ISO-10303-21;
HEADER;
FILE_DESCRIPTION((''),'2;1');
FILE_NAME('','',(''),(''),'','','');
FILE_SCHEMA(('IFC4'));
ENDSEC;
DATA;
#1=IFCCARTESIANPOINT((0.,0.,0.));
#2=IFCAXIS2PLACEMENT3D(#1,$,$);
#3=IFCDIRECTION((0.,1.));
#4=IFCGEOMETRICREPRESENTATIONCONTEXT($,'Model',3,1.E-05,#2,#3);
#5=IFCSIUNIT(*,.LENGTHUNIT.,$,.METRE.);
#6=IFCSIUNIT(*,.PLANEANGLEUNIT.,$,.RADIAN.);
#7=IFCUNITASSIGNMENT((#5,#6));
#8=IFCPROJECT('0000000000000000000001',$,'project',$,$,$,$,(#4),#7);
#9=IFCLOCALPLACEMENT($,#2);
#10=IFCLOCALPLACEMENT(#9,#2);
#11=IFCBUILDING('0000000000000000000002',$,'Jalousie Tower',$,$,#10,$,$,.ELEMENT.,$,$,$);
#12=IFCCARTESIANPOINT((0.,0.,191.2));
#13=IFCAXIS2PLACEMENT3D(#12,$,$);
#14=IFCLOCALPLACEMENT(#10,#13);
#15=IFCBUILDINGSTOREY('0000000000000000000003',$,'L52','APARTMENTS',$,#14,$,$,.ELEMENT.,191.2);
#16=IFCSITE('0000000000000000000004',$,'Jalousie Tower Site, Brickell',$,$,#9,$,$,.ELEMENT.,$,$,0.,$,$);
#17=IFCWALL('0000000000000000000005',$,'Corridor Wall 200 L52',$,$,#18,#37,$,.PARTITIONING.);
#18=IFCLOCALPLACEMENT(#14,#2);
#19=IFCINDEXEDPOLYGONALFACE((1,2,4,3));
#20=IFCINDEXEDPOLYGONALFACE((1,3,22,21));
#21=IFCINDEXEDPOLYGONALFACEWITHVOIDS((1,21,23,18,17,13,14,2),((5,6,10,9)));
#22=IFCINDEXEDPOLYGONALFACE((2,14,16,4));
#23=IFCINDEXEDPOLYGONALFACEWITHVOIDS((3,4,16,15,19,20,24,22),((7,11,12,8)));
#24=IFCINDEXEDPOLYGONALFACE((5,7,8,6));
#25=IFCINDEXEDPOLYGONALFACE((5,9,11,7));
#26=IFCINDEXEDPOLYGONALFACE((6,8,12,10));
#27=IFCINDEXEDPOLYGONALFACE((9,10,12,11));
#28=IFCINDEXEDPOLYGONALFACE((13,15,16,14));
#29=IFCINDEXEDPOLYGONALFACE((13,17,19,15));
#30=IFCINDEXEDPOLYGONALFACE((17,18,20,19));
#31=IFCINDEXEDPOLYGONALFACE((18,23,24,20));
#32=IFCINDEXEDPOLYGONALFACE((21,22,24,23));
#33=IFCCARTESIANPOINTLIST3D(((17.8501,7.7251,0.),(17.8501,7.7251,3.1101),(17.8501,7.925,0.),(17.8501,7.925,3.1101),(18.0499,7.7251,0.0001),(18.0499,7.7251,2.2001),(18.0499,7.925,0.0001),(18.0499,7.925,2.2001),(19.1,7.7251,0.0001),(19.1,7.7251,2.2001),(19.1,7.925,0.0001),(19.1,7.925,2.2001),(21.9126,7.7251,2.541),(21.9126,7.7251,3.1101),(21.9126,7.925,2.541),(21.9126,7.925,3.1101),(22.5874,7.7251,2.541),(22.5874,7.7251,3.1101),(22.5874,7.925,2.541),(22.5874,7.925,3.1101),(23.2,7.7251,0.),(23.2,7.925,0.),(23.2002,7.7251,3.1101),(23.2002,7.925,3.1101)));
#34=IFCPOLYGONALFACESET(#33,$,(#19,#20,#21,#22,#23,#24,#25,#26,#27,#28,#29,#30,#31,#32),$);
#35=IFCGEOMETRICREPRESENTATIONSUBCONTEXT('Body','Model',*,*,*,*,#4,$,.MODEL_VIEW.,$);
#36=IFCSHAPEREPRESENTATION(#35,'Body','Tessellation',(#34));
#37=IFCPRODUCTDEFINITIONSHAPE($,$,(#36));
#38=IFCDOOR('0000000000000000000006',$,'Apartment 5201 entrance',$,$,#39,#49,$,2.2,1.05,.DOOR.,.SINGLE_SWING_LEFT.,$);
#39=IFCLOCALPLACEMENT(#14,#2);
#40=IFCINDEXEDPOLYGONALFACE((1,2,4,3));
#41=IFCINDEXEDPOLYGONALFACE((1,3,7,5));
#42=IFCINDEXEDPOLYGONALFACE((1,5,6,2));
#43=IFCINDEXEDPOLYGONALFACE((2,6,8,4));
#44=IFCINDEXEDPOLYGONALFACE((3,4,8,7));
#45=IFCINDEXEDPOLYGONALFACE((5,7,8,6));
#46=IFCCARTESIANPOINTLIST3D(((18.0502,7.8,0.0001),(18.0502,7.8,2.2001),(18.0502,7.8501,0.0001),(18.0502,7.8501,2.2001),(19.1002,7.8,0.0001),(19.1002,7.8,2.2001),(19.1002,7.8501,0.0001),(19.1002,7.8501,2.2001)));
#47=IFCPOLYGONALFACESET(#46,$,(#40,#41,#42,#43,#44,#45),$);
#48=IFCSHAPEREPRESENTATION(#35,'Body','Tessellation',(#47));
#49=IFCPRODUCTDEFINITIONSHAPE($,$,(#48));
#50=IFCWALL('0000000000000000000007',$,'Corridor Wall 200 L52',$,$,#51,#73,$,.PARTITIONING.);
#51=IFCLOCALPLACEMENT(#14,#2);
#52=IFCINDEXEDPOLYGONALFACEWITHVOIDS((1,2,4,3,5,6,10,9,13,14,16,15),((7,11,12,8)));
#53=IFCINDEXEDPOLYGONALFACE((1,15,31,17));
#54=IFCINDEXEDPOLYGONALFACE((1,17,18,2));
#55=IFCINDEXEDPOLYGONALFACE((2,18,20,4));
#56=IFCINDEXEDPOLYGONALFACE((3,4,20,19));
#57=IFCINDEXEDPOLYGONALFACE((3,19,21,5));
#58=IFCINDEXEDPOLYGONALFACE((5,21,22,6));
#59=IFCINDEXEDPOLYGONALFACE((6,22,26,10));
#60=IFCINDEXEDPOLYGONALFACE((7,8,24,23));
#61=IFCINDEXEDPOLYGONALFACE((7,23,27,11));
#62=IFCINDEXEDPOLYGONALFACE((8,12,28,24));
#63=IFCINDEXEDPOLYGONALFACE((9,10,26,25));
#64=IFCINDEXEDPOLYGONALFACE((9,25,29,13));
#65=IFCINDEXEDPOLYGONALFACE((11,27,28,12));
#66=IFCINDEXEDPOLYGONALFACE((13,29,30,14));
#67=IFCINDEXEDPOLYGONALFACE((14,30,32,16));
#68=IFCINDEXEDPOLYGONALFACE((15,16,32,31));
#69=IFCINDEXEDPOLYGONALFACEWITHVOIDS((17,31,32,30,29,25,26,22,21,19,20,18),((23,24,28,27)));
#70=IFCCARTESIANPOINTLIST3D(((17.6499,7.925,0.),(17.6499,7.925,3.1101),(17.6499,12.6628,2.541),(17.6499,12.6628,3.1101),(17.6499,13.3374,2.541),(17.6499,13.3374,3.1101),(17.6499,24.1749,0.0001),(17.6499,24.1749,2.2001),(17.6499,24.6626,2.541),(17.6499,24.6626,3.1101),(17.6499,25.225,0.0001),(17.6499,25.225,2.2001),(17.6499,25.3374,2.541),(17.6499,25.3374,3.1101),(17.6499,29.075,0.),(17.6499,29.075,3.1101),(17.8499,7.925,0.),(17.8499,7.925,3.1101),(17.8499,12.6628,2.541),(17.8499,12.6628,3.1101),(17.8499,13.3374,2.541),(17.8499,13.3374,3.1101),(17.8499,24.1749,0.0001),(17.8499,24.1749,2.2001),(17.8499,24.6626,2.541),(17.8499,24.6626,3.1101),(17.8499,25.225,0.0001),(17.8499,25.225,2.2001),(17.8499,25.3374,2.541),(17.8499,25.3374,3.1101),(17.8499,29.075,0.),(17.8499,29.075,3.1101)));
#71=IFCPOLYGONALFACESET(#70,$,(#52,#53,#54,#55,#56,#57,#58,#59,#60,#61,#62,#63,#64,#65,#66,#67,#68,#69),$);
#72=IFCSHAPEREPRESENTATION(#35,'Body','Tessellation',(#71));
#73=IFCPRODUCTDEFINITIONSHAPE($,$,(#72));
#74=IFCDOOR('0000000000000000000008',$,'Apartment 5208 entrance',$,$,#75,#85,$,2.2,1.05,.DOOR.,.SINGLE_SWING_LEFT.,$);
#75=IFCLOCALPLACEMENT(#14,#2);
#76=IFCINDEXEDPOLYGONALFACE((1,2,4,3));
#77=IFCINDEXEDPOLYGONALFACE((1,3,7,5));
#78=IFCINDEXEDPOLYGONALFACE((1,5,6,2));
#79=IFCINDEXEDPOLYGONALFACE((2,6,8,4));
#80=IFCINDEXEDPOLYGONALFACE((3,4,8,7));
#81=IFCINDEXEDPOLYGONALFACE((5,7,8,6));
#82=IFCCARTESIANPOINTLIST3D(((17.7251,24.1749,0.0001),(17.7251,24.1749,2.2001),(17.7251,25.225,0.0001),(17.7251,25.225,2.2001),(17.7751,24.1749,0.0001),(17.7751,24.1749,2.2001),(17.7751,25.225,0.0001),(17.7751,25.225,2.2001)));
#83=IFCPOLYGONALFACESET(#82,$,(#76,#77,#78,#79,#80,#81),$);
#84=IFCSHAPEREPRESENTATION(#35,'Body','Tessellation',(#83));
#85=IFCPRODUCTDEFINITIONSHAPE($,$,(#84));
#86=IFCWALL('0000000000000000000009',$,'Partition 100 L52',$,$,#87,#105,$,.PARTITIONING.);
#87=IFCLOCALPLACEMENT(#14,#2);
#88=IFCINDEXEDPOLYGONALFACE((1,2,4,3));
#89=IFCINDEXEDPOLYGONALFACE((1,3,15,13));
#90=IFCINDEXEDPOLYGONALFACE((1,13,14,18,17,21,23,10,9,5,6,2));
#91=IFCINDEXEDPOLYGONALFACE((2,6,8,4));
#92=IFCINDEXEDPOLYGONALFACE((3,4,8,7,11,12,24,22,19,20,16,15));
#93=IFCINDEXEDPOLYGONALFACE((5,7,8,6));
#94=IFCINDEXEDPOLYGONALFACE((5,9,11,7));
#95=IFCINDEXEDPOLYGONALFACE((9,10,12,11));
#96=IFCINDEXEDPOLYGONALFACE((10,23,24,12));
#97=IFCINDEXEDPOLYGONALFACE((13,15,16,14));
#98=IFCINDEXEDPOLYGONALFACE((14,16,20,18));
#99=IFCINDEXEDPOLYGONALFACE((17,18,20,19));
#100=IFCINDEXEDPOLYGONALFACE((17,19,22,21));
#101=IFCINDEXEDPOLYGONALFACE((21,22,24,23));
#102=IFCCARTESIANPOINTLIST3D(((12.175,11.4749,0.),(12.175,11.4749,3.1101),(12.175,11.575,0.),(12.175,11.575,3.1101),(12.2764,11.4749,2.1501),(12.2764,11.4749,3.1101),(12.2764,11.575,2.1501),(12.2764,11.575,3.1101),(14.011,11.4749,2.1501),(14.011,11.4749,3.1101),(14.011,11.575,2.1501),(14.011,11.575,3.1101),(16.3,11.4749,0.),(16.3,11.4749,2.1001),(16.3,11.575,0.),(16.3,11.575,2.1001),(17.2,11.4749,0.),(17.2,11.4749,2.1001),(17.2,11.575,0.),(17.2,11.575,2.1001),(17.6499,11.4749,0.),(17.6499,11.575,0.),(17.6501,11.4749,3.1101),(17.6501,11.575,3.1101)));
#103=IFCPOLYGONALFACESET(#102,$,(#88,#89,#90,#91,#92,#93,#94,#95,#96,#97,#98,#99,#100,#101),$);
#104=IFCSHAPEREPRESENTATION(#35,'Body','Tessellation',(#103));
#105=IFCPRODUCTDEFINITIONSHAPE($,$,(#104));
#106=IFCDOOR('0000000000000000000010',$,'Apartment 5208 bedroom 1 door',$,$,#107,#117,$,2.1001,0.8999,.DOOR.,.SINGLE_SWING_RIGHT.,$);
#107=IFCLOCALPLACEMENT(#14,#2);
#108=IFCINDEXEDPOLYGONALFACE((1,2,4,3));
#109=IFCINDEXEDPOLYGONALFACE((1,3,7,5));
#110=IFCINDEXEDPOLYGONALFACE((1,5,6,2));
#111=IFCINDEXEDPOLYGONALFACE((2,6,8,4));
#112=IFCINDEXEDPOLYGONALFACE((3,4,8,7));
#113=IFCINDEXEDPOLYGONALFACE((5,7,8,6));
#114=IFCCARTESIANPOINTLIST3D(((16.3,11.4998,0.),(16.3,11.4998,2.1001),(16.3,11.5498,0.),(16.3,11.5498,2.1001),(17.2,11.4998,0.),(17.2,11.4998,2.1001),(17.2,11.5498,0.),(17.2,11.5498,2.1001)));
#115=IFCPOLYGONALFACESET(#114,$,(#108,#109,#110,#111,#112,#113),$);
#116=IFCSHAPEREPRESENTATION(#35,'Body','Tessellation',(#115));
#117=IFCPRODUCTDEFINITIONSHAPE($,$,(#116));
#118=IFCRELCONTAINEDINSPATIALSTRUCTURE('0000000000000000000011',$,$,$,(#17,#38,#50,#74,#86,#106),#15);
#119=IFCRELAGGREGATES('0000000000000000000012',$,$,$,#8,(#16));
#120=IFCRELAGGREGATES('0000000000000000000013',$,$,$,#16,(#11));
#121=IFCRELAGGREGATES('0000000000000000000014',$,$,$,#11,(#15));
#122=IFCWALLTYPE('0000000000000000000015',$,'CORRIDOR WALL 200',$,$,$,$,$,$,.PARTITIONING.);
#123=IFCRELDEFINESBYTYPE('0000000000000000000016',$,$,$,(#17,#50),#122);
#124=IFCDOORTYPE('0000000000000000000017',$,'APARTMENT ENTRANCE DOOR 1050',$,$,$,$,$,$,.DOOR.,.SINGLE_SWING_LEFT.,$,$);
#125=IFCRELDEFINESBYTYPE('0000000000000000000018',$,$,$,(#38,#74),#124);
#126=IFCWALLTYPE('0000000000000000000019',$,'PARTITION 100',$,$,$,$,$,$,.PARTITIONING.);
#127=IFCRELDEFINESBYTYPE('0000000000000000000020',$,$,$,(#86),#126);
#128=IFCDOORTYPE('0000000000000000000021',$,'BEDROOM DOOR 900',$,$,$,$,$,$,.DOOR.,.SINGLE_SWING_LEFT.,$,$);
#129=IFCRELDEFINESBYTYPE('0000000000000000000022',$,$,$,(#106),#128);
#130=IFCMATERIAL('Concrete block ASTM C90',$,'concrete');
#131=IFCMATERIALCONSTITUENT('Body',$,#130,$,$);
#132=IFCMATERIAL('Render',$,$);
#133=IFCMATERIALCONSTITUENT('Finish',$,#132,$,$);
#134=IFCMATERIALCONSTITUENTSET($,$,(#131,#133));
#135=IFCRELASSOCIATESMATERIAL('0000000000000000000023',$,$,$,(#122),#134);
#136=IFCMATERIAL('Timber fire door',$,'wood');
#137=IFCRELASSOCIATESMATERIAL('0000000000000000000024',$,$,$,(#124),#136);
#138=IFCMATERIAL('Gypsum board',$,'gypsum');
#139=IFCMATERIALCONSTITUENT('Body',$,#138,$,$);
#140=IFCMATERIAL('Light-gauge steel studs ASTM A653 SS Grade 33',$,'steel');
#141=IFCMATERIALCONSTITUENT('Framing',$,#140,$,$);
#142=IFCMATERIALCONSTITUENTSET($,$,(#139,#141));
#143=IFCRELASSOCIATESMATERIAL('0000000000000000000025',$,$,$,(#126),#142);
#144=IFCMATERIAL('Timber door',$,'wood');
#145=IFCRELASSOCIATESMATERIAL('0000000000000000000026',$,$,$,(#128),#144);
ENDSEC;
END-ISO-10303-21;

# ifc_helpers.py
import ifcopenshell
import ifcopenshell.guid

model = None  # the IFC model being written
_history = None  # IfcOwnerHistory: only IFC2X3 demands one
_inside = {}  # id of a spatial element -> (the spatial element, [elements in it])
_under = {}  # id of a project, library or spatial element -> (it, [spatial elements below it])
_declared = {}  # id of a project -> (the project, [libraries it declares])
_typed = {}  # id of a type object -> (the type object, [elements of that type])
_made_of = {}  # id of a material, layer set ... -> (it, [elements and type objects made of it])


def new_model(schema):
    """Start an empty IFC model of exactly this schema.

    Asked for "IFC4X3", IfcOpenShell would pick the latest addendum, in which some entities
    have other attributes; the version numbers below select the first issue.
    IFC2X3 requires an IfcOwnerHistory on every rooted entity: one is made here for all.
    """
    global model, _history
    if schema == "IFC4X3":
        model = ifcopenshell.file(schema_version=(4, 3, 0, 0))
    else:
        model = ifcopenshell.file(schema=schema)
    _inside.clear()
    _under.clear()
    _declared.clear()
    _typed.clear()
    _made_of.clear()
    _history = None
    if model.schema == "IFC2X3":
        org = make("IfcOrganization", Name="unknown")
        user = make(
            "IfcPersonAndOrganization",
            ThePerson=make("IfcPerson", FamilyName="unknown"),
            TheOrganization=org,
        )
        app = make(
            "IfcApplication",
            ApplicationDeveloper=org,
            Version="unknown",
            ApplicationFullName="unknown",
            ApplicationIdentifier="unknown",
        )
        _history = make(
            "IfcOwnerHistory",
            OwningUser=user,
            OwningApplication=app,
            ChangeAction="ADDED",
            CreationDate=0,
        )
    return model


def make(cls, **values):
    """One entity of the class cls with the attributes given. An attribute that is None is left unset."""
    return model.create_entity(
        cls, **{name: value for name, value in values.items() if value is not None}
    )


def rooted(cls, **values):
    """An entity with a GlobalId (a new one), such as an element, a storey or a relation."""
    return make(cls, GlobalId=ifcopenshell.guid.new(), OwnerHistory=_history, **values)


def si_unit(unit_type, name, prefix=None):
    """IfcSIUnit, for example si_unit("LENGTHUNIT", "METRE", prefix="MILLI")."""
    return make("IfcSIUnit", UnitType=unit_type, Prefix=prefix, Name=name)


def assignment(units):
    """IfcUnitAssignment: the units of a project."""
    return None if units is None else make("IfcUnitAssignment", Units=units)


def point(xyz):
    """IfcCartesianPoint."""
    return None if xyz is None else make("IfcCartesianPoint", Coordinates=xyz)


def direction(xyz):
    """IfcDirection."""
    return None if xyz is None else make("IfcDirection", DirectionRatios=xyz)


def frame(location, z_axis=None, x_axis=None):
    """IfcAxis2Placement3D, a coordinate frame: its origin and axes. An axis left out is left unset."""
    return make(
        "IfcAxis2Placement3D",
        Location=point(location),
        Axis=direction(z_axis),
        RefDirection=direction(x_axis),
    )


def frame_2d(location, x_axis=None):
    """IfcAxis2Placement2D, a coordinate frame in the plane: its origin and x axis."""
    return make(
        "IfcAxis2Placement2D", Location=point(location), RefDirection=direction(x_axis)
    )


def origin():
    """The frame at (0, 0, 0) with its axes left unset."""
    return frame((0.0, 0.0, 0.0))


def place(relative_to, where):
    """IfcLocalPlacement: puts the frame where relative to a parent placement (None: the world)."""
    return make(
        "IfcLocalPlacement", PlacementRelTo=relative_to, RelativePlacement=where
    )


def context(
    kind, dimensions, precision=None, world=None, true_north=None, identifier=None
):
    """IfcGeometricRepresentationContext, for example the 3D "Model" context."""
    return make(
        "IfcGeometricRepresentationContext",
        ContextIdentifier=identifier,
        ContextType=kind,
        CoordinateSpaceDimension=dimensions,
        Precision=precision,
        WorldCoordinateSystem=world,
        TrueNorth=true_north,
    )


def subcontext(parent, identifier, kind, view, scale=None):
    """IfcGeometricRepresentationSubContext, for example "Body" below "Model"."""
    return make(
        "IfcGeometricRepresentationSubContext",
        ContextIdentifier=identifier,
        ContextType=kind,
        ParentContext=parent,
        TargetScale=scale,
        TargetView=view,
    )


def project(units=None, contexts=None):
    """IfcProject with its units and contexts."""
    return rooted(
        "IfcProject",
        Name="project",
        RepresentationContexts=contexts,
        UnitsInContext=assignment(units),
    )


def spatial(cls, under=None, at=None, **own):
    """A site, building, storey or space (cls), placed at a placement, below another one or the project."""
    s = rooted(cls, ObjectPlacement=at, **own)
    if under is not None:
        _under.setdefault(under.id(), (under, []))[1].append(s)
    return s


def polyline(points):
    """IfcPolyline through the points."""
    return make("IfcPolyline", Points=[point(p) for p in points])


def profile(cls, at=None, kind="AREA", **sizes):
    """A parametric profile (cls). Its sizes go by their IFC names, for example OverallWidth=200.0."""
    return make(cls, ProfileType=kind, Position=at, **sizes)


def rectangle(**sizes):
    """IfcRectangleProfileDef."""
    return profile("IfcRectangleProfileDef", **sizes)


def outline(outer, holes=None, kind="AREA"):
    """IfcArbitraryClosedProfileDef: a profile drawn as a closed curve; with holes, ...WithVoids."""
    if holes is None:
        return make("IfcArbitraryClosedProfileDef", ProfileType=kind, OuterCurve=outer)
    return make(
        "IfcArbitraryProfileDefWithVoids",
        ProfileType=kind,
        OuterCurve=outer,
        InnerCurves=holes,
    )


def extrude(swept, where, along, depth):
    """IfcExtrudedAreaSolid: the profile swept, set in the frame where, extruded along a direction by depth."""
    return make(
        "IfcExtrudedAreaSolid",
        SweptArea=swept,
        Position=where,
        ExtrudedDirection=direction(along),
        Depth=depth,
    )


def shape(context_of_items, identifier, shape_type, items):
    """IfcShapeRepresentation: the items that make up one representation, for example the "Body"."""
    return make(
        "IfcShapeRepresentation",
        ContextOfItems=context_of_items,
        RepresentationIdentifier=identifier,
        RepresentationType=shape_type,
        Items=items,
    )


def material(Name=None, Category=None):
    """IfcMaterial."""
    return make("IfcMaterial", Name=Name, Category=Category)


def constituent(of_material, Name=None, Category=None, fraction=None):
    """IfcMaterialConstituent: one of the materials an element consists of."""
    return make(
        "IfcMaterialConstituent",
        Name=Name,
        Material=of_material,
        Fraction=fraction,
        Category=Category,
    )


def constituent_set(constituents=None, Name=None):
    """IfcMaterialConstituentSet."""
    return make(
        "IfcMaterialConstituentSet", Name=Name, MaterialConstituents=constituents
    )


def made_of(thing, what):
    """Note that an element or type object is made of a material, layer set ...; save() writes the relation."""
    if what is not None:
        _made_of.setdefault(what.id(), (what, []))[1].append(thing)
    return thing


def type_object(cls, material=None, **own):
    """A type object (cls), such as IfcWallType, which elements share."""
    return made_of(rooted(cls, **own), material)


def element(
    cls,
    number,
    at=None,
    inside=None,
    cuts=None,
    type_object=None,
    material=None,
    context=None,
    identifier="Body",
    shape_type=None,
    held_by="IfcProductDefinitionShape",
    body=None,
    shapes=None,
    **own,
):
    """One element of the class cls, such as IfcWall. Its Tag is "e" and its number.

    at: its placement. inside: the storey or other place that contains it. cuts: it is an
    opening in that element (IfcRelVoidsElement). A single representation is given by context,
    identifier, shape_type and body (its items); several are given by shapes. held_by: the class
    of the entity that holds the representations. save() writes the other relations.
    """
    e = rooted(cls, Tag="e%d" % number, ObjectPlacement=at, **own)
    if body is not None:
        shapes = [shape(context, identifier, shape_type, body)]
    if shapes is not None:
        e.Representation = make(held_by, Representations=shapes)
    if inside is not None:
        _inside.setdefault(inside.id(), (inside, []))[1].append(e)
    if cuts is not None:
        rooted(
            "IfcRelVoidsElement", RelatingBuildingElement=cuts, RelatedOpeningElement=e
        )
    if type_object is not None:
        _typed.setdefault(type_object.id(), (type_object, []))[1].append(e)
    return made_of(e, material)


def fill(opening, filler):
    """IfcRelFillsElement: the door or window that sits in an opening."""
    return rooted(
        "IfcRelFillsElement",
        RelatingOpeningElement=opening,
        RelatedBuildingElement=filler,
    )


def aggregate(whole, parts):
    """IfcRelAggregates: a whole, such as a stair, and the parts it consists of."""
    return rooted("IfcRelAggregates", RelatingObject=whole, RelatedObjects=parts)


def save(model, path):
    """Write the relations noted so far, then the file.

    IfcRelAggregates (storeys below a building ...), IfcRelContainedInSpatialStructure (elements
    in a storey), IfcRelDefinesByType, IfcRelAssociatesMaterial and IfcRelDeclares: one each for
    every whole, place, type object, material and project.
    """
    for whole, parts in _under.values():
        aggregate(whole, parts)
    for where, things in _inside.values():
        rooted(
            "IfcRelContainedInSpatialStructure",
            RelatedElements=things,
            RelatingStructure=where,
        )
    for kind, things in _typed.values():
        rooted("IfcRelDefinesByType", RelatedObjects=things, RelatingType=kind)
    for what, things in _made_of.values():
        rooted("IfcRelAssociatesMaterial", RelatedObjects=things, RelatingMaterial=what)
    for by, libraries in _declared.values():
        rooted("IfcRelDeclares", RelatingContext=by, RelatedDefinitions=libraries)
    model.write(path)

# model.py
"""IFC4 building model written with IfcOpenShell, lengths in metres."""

from ifc_helpers import new_model, si_unit, direction, frame, frame_2d, origin, place, context, subcontext, project, spatial, polyline, rectangle, outline, extrude, material, constituent, constituent_set, type_object, element, fill, save


model = new_model("IFC4")

# Units and contexts
model_context = context("Model", 3, precision=1e-05, world=origin(), true_north=direction((0.0, 1.0)))
body_context = subcontext(model_context, "Body", "Model", "MODEL_VIEW")
ifc_project = project(units=[si_unit("LENGTHUNIT", "METRE"), si_unit("PLANEANGLEUNIT", "RADIAN")], contexts=[model_context])

# Site, building, storey
site_placement = place(None, origin())
site = spatial("IfcSite", under=ifc_project, at=site_placement, Name="Jalousie Tower Site, Brickell", CompositionType="ELEMENT", RefElevation=0.0)
building_placement = place(site_placement, origin())
building = spatial("IfcBuilding", under=site, at=building_placement, Name="Jalousie Tower", CompositionType="ELEMENT")
storey_placement = place(building_placement, frame((0.0, 0.0, 191.2)))
storey = spatial("IfcBuildingStorey", under=building, at=storey_placement, Name="L52", Description="APARTMENTS", CompositionType="ELEMENT", Elevation=191.2)

# Walls, openings, doors
ifc_material_1 = material(Name="Concrete block ASTM C90", Category="concrete")
ifc_constituent_1 = constituent(ifc_material_1, Name="Body")
ifc_material_2 = material(Name="Render")
ifc_constituent_2 = constituent(ifc_material_2, Name="Finish")
ifc_constituent_set_1 = constituent_set(constituents=[ifc_constituent_1, ifc_constituent_2])
wall_type_1 = type_object("IfcWallType", Name="CORRIDOR WALL 200", PredefinedType="PARTITIONING", material=ifc_constituent_set_1)
wall_1_placement = place(storey_placement, frame((17.8501, 7.825, 0.0), z_axis=(0.0, 0.0, 1.0), x_axis=(1.0, 0.0, 0.0)))
wall_1 = element("IfcWall", 1, at=wall_1_placement, inside=storey, type_object=wall_type_1, Name="Corridor Wall 200 L52", PredefinedType="PARTITIONING", context=body_context, shape_type="SweptSolid", body=[
    extrude(outline(polyline([(0.0, 0.0), (5.3499, 0.0), (5.3501, 3.1101), (4.7373, 3.1101), (4.7373, 2.541), (4.0625, 2.541), (4.0625, 3.1101), (0.0, 3.1101), (0.0, 0.0)])), frame((0.0, 0.1001, 0.0), z_axis=(0.0, -1.0, 0.0), x_axis=(1.0, 0.0, 0.0)), (0.0, 0.0, 1.0), 0.2),
])
opening_1_placement = place(wall_1_placement, frame((0.2, 0.0, 0.0)))
opening_1 = element("IfcOpeningElement", 2, at=opening_1_placement, cuts=wall_1, PredefinedType="OPENING", context=body_context, shape_type="SweptSolid", body=[
    extrude(rectangle(XDim=1.05, YDim=2.2, at=frame_2d((0.5249, 1.1001))), frame((0.0, 0.1099, 0.0), z_axis=(0.0, -1.0, 0.0), x_axis=(1.0, 0.0, 0.0)), (0.0, 0.0, 1.0), 0.22),
])
ifc_material_3 = material(Name="Timber fire door", Category="wood")
door_type_1 = type_object("IfcDoorType", Name="APARTMENT ENTRANCE DOOR 1050", OperationType="SINGLE_SWING_LEFT", PredefinedType="DOOR", material=ifc_material_3)
door_1_placement = place(opening_1_placement, frame((1.05, 0.0, 0.0), z_axis=(0.0, 0.0, 1.0), x_axis=(-1.0, 0.0, 0.0)))
door_1 = element("IfcDoor", 3, at=door_1_placement, inside=storey, type_object=door_type_1, Name="Apartment 5201 entrance", OperationType="SINGLE_SWING_LEFT", OverallHeight=2.2, OverallWidth=1.05, PredefinedType="DOOR", context=body_context, shape_type="SweptSolid", body=[
    extrude(rectangle(XDim=1.05, YDim=2.2, at=frame_2d((0.5249, 1.1001))), frame((0.0, 0.0249, 0.0), z_axis=(0.0, -1.0, 0.0), x_axis=(1.0, 0.0, 0.0)), (0.0, 0.0, 1.0), 0.05),
])
fill(opening_1, door_1)
wall_2_placement = place(storey_placement, frame((17.75, 7.925, 0.0), z_axis=(0.0, 0.0, 1.0), x_axis=(0.0, 1.0, 0.0)))
wall_2 = element("IfcWall", 4, at=wall_2_placement, inside=storey, type_object=wall_type_1, Name="Corridor Wall 200 L52", PredefinedType="PARTITIONING", context=body_context, shape_type="SweptSolid", body=[
    extrude(outline(polyline([(0.0, 0.0), (21.1499, 0.0), (21.1499, 3.1101), (17.4124, 3.1101), (17.4124, 2.541), (16.7375, 2.541), (16.7375, 3.1101), (5.4124, 3.1101), (5.4124, 2.541), (4.7378, 2.541), (4.7378, 3.1101), (0.0, 3.1101), (0.0, 0.0)])), frame((0.0, 0.1001, 0.0), z_axis=(0.0, -1.0, 0.0), x_axis=(1.0, 0.0, 0.0)), (0.0, 0.0, 1.0), 0.2),
])
opening_2_placement = place(wall_2_placement, frame((16.25, 0.0, 0.0)))
opening_2 = element("IfcOpeningElement", 5, at=opening_2_placement, cuts=wall_2, PredefinedType="OPENING", context=body_context, shape_type="SweptSolid", body=[
    extrude(rectangle(XDim=1.05, YDim=2.2, at=frame_2d((0.5249, 1.1001))), frame((0.0, 0.1099, 0.0), z_axis=(0.0, -1.0, 0.0), x_axis=(1.0, 0.0, 0.0)), (0.0, 0.0, 1.0), 0.22),
])
door_2_placement = place(opening_2_placement, origin())
door_2 = element("IfcDoor", 6, at=door_2_placement, inside=storey, type_object=door_type_1, Name="Apartment 5208 entrance", OperationType="SINGLE_SWING_LEFT", OverallHeight=2.2, OverallWidth=1.05, PredefinedType="DOOR", context=body_context, shape_type="SweptSolid", body=[
    extrude(rectangle(XDim=1.05, YDim=2.2, at=frame_2d((0.5249, 1.1001))), frame((0.0, 0.0249, 0.0), z_axis=(0.0, -1.0, 0.0), x_axis=(1.0, 0.0, 0.0)), (0.0, 0.0, 1.0), 0.05),
])
fill(opening_2, door_2)
ifc_material_4 = material(Name="Gypsum board", Category="gypsum")
ifc_constituent_3 = constituent(ifc_material_4, Name="Body")
ifc_material_5 = material(Name="Light-gauge steel studs ASTM A653 SS Grade 33", Category="steel")
ifc_constituent_4 = constituent(ifc_material_5, Name="Framing")
ifc_constituent_set_2 = constituent_set(constituents=[ifc_constituent_3, ifc_constituent_4])
wall_type_2 = type_object("IfcWallType", Name="PARTITION 100", PredefinedType="PARTITIONING", material=ifc_constituent_set_2)
wall_3_placement = place(storey_placement, frame((12.175, 11.5249, 0.0), z_axis=(0.0, 0.0, 1.0), x_axis=(1.0, 0.0, 0.0)))
wall_3 = element("IfcWall", 7, at=wall_3_placement, inside=storey, type_object=wall_type_2, Name="Partition 100 L52", PredefinedType="PARTITIONING", context=body_context, shape_type="SweptSolid", body=[
    extrude(outline(polyline([(0.0, 0.0), (5.4749, 0.0), (5.4751, 3.1101), (1.8359, 3.1101), (1.8359, 2.1501), (0.1013, 2.1501), (0.1013, 3.1101), (0.0, 3.1101), (0.0, 0.0)])), frame((0.0, 0.05, 0.0), z_axis=(0.0, -1.0, 0.0), x_axis=(1.0, 0.0, 0.0)), (0.0, 0.0, 1.0), 0.1001),
])
opening_3_placement = place(wall_3_placement, frame((4.125, 0.0, 0.0)))
opening_3 = element("IfcOpeningElement", 8, at=opening_3_placement, cuts=wall_3, PredefinedType="OPENING", context=body_context, shape_type="SweptSolid", body=[
    extrude(rectangle(XDim=0.8999, YDim=2.1001, at=frame_2d((0.45, 1.05))), frame((0.0, 0.0601, 0.0), z_axis=(0.0, -1.0, 0.0), x_axis=(1.0, 0.0, 0.0)), (0.0, 0.0, 1.0), 0.1201),
])
ifc_material_6 = material(Name="Timber door", Category="wood")
door_type_2 = type_object("IfcDoorType", Name="BEDROOM DOOR 900", OperationType="SINGLE_SWING_LEFT", PredefinedType="DOOR", material=ifc_material_6)
door_3_placement = place(opening_3_placement, origin())
door_3 = element("IfcDoor", 9, at=door_3_placement, inside=storey, type_object=door_type_2, Name="Apartment 5208 bedroom 1 door", OperationType="SINGLE_SWING_RIGHT", OverallHeight=2.1001, OverallWidth=0.8999, PredefinedType="DOOR", context=body_context, shape_type="SweptSolid", body=[
    extrude(rectangle(XDim=0.8999, YDim=2.1001, at=frame_2d((0.45, 1.05))), frame((0.0, 0.0249, 0.0), z_axis=(0.0, -1.0, 0.0), x_axis=(1.0, 0.0, 0.0)), (0.0, 0.0, 1.0), 0.05),
])
fill(opening_3, door_3)

save(model, "model.ifc")
